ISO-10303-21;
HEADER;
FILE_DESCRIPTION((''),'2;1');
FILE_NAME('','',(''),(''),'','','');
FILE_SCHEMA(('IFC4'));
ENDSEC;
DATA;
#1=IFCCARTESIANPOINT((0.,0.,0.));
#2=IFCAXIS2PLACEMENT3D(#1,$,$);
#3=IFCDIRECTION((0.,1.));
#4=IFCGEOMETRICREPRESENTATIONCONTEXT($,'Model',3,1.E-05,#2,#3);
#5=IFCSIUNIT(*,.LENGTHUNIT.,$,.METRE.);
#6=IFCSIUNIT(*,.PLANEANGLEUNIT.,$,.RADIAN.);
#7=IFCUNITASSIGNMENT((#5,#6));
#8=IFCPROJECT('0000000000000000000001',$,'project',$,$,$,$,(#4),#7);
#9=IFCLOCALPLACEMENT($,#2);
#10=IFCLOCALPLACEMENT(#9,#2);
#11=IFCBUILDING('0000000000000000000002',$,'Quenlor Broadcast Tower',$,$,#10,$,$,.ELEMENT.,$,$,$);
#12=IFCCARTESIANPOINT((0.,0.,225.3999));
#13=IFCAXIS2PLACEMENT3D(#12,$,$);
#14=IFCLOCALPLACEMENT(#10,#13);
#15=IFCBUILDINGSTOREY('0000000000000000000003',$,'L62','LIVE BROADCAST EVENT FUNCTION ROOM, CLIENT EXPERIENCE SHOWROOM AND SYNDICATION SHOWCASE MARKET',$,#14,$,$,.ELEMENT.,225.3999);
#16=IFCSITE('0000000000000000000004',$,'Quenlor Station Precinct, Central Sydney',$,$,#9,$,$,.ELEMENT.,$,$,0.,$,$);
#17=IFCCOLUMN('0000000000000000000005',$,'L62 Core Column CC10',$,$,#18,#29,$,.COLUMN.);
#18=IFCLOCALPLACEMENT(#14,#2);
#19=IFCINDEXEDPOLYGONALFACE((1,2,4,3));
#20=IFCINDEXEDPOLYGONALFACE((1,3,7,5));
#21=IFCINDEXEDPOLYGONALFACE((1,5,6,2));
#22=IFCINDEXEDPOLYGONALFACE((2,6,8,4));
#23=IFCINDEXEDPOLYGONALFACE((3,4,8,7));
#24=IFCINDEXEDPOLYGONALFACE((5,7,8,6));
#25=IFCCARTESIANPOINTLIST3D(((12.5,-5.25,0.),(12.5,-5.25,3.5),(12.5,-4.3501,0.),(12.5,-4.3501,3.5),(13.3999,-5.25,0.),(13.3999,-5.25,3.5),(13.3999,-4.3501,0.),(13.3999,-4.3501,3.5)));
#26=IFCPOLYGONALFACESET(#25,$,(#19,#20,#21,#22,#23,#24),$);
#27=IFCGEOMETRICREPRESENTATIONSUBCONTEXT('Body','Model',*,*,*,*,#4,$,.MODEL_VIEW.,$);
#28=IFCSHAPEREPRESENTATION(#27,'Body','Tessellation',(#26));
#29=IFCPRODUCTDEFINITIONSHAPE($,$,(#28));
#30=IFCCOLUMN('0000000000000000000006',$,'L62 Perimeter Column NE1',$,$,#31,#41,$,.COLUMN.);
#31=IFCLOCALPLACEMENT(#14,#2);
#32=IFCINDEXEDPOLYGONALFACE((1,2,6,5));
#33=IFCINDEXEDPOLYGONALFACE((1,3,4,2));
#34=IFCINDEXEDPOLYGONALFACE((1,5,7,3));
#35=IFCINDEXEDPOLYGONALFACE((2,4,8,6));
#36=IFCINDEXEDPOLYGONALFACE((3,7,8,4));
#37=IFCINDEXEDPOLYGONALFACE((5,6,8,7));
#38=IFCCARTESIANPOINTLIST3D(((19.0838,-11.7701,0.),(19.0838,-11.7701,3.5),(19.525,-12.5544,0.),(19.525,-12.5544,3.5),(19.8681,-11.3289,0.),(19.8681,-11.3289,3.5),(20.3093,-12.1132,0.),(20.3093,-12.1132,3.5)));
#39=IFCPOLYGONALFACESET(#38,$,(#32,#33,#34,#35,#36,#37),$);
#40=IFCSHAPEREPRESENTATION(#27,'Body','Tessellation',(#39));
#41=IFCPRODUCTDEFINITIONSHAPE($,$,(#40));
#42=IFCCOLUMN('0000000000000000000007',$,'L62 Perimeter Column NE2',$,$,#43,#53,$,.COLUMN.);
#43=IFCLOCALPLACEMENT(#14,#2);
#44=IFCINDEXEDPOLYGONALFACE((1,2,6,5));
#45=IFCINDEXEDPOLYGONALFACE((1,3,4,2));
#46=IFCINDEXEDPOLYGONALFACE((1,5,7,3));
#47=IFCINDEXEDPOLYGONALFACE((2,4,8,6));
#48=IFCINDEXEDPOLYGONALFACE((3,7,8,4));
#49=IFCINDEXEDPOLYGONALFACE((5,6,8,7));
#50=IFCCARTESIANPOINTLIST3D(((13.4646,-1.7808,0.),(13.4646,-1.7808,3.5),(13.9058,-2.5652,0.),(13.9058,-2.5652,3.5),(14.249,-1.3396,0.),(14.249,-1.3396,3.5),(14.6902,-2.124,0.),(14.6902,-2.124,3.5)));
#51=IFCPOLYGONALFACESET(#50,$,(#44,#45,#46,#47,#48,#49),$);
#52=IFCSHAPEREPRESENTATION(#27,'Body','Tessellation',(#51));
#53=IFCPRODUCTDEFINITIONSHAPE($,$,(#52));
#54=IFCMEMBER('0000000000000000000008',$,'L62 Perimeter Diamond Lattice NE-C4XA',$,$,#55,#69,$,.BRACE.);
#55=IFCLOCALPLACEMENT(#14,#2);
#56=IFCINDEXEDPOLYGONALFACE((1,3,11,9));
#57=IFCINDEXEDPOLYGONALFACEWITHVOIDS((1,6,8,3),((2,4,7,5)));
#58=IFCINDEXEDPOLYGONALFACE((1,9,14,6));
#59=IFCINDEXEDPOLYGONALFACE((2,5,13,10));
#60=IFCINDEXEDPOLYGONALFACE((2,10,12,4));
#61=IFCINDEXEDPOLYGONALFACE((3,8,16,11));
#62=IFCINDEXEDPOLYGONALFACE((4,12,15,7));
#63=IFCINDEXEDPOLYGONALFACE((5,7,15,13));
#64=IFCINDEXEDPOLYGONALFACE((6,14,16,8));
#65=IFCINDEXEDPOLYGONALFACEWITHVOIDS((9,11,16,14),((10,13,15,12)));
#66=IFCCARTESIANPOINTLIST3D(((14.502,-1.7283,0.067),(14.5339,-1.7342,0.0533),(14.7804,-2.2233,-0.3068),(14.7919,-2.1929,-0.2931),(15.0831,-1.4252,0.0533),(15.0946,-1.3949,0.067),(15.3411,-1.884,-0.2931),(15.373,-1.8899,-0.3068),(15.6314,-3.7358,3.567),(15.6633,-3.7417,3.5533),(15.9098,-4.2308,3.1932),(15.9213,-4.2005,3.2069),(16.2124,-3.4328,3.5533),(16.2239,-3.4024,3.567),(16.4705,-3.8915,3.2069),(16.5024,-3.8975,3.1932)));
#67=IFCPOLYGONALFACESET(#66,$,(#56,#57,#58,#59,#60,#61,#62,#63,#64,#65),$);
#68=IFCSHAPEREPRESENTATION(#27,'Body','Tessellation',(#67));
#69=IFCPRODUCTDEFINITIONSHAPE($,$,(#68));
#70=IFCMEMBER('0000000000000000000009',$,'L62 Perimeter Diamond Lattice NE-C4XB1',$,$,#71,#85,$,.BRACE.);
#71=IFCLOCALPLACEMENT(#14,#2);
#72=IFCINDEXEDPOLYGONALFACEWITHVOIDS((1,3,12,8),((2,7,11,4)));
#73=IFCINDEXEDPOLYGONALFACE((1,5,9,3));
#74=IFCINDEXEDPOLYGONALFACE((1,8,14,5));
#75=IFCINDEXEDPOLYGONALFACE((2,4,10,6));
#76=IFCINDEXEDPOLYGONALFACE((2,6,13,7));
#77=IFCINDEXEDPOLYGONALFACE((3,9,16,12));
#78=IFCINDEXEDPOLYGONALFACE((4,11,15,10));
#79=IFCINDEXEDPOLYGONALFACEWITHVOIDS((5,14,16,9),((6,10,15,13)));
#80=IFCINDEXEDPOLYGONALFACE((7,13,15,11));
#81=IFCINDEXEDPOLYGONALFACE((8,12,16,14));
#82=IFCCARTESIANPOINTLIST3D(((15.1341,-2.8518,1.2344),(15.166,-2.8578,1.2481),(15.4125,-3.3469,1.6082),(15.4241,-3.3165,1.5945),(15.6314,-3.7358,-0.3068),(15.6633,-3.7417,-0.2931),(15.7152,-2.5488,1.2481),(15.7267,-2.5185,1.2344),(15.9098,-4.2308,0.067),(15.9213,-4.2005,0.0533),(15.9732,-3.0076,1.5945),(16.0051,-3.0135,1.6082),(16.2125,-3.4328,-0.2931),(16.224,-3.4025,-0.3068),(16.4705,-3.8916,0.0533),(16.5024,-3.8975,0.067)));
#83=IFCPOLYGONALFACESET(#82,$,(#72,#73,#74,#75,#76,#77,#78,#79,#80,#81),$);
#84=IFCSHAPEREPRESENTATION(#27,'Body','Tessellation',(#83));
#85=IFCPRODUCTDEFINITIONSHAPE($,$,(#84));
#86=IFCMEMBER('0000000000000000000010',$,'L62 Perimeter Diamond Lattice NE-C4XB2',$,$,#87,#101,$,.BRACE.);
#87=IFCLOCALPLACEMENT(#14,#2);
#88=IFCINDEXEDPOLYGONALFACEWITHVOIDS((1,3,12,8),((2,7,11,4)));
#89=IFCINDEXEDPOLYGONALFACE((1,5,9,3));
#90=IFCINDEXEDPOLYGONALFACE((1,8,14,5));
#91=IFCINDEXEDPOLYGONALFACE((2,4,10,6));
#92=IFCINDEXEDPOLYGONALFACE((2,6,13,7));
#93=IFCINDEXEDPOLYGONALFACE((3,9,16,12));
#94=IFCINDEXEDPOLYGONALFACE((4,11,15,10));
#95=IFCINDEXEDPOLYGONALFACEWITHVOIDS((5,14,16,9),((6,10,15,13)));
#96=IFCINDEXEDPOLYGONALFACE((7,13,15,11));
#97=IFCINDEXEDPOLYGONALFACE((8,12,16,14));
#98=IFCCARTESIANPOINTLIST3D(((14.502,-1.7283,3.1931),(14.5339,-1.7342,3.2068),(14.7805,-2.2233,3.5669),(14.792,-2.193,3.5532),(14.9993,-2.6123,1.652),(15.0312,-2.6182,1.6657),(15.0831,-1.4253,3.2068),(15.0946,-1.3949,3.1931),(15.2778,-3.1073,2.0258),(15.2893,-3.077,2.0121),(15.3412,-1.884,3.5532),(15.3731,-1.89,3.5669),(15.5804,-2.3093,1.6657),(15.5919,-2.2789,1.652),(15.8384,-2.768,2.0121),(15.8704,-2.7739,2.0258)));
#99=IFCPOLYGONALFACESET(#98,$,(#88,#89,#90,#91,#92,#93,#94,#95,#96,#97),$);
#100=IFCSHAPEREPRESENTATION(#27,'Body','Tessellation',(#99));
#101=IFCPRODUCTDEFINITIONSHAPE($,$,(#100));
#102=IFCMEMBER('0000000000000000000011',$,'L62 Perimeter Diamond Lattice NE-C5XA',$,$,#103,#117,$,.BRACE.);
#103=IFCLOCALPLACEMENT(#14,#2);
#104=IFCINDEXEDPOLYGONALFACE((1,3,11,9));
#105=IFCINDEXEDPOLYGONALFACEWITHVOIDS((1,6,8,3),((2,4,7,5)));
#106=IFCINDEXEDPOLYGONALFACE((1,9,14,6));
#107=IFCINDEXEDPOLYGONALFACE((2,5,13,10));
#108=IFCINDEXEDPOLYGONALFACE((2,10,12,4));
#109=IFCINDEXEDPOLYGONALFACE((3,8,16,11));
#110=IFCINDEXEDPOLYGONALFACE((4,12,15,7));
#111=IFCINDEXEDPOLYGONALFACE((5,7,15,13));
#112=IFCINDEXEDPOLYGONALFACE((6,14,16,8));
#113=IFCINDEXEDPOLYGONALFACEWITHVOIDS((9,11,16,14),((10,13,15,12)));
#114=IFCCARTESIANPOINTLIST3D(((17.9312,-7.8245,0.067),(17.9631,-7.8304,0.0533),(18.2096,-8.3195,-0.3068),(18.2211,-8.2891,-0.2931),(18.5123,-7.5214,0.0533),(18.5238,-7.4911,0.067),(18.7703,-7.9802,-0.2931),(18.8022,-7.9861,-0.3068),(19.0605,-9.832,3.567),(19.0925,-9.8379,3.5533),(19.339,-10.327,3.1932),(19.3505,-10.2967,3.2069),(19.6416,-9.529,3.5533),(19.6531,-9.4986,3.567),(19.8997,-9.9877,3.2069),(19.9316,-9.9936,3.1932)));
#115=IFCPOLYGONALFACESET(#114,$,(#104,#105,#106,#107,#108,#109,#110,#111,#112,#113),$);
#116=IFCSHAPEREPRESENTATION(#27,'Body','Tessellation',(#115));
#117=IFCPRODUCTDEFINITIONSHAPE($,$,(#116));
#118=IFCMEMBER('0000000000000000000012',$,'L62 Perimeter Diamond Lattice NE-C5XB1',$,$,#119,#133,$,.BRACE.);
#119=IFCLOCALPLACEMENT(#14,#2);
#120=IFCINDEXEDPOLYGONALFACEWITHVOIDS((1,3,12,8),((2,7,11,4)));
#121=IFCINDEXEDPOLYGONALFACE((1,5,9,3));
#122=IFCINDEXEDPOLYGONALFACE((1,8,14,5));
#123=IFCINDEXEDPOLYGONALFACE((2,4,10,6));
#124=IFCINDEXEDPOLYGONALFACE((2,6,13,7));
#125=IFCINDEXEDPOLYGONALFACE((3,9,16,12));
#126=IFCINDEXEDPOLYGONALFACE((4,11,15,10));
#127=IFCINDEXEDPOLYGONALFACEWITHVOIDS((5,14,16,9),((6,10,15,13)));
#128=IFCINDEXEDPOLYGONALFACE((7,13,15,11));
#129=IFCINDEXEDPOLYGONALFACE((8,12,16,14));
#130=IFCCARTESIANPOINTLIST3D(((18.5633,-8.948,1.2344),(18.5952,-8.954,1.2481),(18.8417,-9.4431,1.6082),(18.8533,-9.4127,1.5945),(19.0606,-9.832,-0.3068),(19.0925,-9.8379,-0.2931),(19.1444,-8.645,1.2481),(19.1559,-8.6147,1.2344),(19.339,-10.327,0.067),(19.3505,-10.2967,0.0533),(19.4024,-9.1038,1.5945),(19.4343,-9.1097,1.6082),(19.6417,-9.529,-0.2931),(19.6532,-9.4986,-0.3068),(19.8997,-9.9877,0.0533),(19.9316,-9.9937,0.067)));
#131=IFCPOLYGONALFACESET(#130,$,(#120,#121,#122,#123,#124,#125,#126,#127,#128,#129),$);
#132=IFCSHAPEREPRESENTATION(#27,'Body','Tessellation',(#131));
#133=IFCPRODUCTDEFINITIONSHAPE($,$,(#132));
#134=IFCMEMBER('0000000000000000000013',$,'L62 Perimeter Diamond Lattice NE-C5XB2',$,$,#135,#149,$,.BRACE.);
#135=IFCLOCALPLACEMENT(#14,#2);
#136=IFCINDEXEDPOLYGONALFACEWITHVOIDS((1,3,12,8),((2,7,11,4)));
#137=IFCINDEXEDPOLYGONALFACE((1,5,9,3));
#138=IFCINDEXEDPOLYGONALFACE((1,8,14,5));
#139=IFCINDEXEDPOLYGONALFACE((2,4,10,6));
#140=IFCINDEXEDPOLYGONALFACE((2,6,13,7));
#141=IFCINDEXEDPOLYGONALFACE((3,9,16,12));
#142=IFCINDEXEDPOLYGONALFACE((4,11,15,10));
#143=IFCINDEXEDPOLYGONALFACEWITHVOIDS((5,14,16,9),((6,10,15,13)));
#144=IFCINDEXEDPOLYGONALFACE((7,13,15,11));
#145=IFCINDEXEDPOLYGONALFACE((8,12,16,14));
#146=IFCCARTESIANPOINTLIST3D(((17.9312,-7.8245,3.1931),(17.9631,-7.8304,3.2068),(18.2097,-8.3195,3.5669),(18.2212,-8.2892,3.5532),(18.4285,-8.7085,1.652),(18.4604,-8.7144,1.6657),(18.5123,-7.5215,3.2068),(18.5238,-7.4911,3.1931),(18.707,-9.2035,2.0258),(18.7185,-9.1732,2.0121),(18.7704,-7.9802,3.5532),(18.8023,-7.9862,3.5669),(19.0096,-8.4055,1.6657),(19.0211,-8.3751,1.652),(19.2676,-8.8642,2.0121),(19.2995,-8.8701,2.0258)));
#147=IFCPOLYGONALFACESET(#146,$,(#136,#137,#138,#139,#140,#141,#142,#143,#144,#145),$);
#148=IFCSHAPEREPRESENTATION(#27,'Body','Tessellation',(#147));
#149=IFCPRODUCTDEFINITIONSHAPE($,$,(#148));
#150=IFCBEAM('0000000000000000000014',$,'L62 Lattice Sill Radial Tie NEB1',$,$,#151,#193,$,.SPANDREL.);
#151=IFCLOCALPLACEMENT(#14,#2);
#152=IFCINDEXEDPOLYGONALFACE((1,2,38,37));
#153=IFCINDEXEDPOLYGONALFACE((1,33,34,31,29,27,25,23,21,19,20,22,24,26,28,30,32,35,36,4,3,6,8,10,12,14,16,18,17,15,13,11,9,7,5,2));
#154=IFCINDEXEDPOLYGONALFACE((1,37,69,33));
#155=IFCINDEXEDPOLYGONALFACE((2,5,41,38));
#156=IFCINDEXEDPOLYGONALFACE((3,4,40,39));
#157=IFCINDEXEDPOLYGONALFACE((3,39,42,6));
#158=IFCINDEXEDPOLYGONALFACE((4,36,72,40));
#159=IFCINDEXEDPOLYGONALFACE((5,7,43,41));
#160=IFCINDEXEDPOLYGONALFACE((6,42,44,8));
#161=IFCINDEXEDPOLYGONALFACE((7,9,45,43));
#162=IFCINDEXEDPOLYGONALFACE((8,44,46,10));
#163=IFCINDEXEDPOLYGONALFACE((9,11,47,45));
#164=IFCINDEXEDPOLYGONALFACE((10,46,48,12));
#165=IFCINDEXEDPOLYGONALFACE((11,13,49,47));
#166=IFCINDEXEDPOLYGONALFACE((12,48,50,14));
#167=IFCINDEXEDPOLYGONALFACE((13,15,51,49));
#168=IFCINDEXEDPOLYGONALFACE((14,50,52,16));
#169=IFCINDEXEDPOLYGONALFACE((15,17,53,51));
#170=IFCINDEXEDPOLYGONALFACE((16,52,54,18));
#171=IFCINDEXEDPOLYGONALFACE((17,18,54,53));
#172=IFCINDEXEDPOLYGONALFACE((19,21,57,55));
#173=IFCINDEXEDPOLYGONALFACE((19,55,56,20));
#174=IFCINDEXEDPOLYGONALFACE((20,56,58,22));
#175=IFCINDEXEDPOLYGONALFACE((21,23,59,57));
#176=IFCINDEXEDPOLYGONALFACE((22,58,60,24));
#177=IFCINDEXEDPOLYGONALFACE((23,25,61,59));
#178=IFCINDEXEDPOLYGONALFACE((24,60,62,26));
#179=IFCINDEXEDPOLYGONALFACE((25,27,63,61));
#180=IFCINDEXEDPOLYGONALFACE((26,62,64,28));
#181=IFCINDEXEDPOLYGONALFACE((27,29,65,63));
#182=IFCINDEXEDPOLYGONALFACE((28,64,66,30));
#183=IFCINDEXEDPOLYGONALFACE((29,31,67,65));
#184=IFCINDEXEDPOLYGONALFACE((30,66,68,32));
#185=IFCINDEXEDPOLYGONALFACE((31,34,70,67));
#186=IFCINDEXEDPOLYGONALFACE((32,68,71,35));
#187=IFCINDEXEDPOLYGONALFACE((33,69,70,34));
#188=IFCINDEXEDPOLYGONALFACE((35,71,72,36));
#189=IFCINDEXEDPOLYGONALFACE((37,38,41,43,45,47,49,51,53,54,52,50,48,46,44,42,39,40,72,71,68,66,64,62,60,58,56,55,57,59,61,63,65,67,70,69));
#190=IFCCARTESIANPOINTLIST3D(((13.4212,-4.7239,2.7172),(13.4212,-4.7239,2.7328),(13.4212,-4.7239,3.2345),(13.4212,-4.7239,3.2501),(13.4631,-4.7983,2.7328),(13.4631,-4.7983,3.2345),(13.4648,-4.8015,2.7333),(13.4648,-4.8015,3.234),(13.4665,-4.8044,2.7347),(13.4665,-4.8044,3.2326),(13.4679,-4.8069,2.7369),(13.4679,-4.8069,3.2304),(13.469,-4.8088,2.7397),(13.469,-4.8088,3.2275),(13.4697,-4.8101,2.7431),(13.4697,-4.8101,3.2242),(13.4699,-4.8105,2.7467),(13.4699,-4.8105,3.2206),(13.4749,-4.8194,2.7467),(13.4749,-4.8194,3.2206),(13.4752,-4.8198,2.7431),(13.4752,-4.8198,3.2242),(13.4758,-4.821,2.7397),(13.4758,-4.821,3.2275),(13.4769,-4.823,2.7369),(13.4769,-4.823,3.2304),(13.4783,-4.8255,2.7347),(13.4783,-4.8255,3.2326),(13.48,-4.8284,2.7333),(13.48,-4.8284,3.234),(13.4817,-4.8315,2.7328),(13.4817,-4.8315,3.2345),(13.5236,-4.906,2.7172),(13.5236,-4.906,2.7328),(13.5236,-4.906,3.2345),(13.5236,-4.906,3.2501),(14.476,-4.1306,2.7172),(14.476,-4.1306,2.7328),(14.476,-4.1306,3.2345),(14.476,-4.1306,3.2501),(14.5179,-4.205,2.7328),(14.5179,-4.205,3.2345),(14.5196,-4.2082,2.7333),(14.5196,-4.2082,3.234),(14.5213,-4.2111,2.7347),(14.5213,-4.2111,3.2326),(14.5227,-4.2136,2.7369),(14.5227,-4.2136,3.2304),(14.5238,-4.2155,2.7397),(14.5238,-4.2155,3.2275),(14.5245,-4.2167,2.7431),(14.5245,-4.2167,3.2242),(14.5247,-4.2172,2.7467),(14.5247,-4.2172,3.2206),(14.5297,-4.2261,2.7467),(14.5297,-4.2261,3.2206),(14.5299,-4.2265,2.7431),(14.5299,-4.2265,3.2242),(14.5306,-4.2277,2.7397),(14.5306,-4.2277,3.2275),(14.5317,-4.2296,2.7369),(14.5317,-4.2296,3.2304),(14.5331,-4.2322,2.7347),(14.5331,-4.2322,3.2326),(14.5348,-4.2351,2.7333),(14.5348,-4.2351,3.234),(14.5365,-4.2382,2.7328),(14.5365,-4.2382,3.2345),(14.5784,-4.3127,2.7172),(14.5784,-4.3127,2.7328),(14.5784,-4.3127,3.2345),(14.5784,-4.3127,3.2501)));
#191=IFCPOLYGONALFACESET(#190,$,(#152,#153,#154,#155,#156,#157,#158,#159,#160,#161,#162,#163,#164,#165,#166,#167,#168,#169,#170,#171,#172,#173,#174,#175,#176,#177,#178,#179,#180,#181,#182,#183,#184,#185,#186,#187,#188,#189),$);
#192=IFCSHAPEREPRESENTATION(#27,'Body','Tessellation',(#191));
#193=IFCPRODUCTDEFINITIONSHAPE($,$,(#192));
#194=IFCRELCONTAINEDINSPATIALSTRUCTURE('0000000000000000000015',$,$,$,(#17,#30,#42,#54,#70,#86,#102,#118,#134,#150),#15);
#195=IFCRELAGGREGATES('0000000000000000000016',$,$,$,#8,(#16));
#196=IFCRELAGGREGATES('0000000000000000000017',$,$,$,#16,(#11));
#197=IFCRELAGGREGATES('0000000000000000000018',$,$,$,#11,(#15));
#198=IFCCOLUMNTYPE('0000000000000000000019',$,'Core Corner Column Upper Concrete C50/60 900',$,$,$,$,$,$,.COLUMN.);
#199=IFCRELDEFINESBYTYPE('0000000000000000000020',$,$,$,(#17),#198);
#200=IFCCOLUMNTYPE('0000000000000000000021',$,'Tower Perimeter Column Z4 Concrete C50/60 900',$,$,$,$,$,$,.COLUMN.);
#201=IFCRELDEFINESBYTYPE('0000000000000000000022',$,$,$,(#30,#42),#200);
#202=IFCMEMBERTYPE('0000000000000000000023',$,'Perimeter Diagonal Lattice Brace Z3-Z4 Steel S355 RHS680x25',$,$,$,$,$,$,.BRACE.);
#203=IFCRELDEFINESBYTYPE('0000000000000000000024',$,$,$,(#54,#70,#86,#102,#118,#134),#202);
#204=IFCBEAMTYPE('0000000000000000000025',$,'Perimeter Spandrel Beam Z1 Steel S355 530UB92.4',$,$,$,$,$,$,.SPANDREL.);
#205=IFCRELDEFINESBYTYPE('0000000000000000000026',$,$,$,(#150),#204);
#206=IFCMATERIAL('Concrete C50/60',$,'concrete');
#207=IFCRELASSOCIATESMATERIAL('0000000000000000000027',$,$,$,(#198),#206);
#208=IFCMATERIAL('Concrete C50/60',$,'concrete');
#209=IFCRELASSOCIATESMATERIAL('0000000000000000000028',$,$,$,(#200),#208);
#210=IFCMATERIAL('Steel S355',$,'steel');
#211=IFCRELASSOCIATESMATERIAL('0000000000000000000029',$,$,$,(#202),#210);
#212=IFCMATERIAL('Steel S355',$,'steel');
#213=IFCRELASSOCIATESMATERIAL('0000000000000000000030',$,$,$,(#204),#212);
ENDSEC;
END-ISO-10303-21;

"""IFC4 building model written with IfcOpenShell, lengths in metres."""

from ifc_helpers import new_model, si_unit, direction, frame, origin, origin_2d, place, context, subcontext, project, spatial, rectangle, hollow_rectangle, i_section, extrude, material, material_profile, profile_set, type_object, element, save


model = new_model("IFC4")

# Units and contexts
model_context = context("Model", 3, precision=1e-05, world=origin(), true_north=direction((0.0, 1.0)))
body_context = subcontext(model_context, "Body", "Model", "MODEL_VIEW")
ifc_project = project(units=[si_unit("LENGTHUNIT", "METRE"), si_unit("PLANEANGLEUNIT", "RADIAN")], contexts=[model_context])

# Site, building, storey
site_placement = place(None, origin())
site = spatial("IfcSite", under=ifc_project, at=site_placement, Name="Quenlor Station Precinct, Central Sydney", CompositionType="ELEMENT", RefElevation=0.0)
building_placement = place(site_placement, origin())
building = spatial("IfcBuilding", under=site, at=building_placement, Name="Quenlor Broadcast Tower", CompositionType="ELEMENT")
storey_placement = place(building_placement, frame((0.0, 0.0, 225.3999)))
storey = spatial("IfcBuildingStorey", under=building, at=storey_placement, Name="L62", Description="LIVE BROADCAST EVENT FUNCTION ROOM, CLIENT EXPERIENCE SHOWROOM AND SYNDICATION SHOWCASE MARKET", CompositionType="ELEMENT", Elevation=225.3999)

# Columns
ifc_material_1 = material(Name="Concrete C50/60", Category="concrete")
ifc_material_profile_1 = material_profile(ifc_material_1, rectangle(XDim=0.8999, YDim=0.8999, at=origin_2d()))
ifc_profile_set_1 = profile_set([ifc_material_profile_1], Name="Concrete C50/60 RC900x900")
column_type_1 = type_object("IfcColumnType", Name="Core Corner Column Upper Concrete C50/60 900", PredefinedType="COLUMN", material=ifc_profile_set_1)
column_placement = place(storey_placement, frame((12.95, -4.8, 0.0), z_axis=(0.0, 0.0, 1.0), x_axis=(1.0, 0.0, 0.0)))
element("IfcColumn", 1, at=column_placement, inside=storey, type_object=column_type_1, Name="L62 Core Column CC10", PredefinedType="COLUMN", context=body_context, shape_type="SweptSolid", body=[
    extrude(rectangle(XDim=0.8999, YDim=0.8999, at=origin_2d()), origin(), (0.0, 0.0, 1.0), 3.5),
])
ifc_material_2 = material(Name="Concrete C50/60", Category="concrete")
ifc_material_profile_2 = material_profile(ifc_material_2, rectangle(XDim=0.8999, YDim=0.8999, at=origin_2d()))
ifc_profile_set_2 = profile_set([ifc_material_profile_2], Name="Concrete C50/60 RC900x900")
column_type_2 = type_object("IfcColumnType", Name="Tower Perimeter Column Z4 Concrete C50/60 900", PredefinedType="COLUMN", material=ifc_profile_set_2)
for number, where, z_axis, x_axis, name in (
    (2, (19.6965, -11.9417, 0.0), (0.0, 0.0, 1.0), (0.871575, 0.490262, 0.0), "L62 Perimeter Column NE1"),
    (3, (14.0774, -1.9524, 0.0), (0.0, 0.0, 1.0), (0.871575, 0.490262, 0.0), "L62 Perimeter Column NE2"),
):
    element("IfcColumn", number, at=place(storey_placement, frame(where, z_axis=z_axis, x_axis=x_axis)), inside=storey, type_object=column_type_2, Name=name, PredefinedType="COLUMN", context=body_context, shape_type="SweptSolid", body=[
        extrude(rectangle(XDim=0.8999, YDim=0.8999, at=origin_2d()), origin(), (0.0, 0.0, 1.0), 3.5),
    ])

# Members
ifc_material_3 = material(Name="Steel S355", Category="steel")
ifc_material_profile_3 = material_profile(ifc_material_3, hollow_rectangle(XDim=0.6799, YDim=0.6799, WallThickness=0.0249, at=origin_2d()))
ifc_profile_set_3 = profile_set([ifc_material_profile_3], Name="Steel S355 RHS680x680x25")
member_type = type_object("IfcMemberType", Name="Perimeter Diagonal Lattice Brace Z3-Z4 Steel S355 RHS680x25", PredefinedType="BRACE", material=ifc_profile_set_3)
member_1_placement = place(storey_placement, frame((14.9375, -1.8091, -0.1199), z_axis=(0.269547, -0.479136, 0.835328), x_axis=(0.87155, 0.490307, 0.0)))
element("IfcMember", 4, at=member_1_placement, inside=storey, type_object=member_type, Name="L62 Perimeter Diamond Lattice NE-C4XA", PredefinedType="BRACE", context=body_context, shape_type="SweptSolid", body=[
    extrude(hollow_rectangle(XDim=0.6799, YDim=0.6799, WallThickness=0.0249, at=origin_2d()), origin(), (0.0, 0.0, 1.0), 4.1899),
])
for number, where, z_axis, x_axis, name in (
    (5, (16.0669, -3.8167, -0.1199), (-0.269536, 0.47913, 0.835335), (-0.871556, -0.490296, 0.0), "L62 Perimeter Diamond Lattice NE-C4XB1"),
    (6, (15.4348, -2.6931, 1.8389), (-0.269536, 0.47913, 0.835335), (-0.871556, -0.490296, 0.0), "L62 Perimeter Diamond Lattice NE-C4XB2"),
):
    element("IfcMember", number, at=place(storey_placement, frame(where, z_axis=z_axis, x_axis=x_axis)), inside=storey, type_object=member_type, Name=name, PredefinedType="BRACE", context=body_context, shape_type="SweptSolid", body=[
        extrude(hollow_rectangle(XDim=0.6799, YDim=0.6799, WallThickness=0.0249, at=origin_2d()), origin(), (0.0, 0.0, 1.0), 1.845),
    ])
member_2_placement = place(storey_placement, frame((18.3667, -7.9053, -0.1199), z_axis=(0.269547, -0.479136, 0.835328), x_axis=(0.87155, 0.490307, 0.0)))
element("IfcMember", 7, at=member_2_placement, inside=storey, type_object=member_type, Name="L62 Perimeter Diamond Lattice NE-C5XA", PredefinedType="BRACE", context=body_context, shape_type="SweptSolid", body=[
    extrude(hollow_rectangle(XDim=0.6799, YDim=0.6799, WallThickness=0.0249, at=origin_2d()), origin(), (0.0, 0.0, 1.0), 4.1899),
])
for number, where, z_axis, x_axis, name in (
    (8, (19.4961, -9.9128, -0.1199), (-0.269536, 0.47913, 0.835335), (-0.871556, -0.490296, 0.0), "L62 Perimeter Diamond Lattice NE-C5XB1"),
    (9, (18.864, -8.7893, 1.8389), (-0.269536, 0.47913, 0.835335), (-0.871556, -0.490296, 0.0), "L62 Perimeter Diamond Lattice NE-C5XB2"),
):
    element("IfcMember", number, at=place(storey_placement, frame(where, z_axis=z_axis, x_axis=x_axis)), inside=storey, type_object=member_type, Name=name, PredefinedType="BRACE", context=body_context, shape_type="SweptSolid", body=[
        extrude(hollow_rectangle(XDim=0.6799, YDim=0.6799, WallThickness=0.0249, at=origin_2d()), origin(), (0.0, 0.0, 1.0), 1.845),
    ])

# Beam
ifc_material_4 = material(Name="Steel S355", Category="steel")
ifc_material_profile_4 = material_profile(ifc_material_4, i_section(OverallWidth=0.209, OverallDepth=0.533, WebThickness=0.0103, FlangeThickness=0.0156, FilletRadius=0.0139, at=origin_2d()))
ifc_profile_set_4 = profile_set([ifc_material_profile_4], Name="Steel S355 530UB92.4")
beam_type_1 = type_object("IfcBeamType", Name="Perimeter Spandrel Beam Z1 Steel S355 530UB92.4", PredefinedType="SPANDREL", material=ifc_profile_set_4)
beam_1_placement = place(storey_placement, frame((13.4724, -4.8149, 2.9836), z_axis=(0.871576, 0.490261, 0.0), x_axis=(-0.490261, 0.871576, 0.0)))
element("IfcBeam", 10, at=beam_1_placement, inside=storey, type_object=beam_type_1, Name="L62 Lattice Sill Radial Tie NEB1", PredefinedType="SPANDREL", context=body_context, shape_type="SweptSolid", body=[
    extrude(i_section(OverallWidth=0.209, OverallDepth=0.533, WebThickness=0.0103, FlangeThickness=0.0156, FilletRadius=0.0139, at=origin_2d()), origin(), (0.0, 0.0, 1.0), 1.2102),
])

save(model, "model.ifc")
